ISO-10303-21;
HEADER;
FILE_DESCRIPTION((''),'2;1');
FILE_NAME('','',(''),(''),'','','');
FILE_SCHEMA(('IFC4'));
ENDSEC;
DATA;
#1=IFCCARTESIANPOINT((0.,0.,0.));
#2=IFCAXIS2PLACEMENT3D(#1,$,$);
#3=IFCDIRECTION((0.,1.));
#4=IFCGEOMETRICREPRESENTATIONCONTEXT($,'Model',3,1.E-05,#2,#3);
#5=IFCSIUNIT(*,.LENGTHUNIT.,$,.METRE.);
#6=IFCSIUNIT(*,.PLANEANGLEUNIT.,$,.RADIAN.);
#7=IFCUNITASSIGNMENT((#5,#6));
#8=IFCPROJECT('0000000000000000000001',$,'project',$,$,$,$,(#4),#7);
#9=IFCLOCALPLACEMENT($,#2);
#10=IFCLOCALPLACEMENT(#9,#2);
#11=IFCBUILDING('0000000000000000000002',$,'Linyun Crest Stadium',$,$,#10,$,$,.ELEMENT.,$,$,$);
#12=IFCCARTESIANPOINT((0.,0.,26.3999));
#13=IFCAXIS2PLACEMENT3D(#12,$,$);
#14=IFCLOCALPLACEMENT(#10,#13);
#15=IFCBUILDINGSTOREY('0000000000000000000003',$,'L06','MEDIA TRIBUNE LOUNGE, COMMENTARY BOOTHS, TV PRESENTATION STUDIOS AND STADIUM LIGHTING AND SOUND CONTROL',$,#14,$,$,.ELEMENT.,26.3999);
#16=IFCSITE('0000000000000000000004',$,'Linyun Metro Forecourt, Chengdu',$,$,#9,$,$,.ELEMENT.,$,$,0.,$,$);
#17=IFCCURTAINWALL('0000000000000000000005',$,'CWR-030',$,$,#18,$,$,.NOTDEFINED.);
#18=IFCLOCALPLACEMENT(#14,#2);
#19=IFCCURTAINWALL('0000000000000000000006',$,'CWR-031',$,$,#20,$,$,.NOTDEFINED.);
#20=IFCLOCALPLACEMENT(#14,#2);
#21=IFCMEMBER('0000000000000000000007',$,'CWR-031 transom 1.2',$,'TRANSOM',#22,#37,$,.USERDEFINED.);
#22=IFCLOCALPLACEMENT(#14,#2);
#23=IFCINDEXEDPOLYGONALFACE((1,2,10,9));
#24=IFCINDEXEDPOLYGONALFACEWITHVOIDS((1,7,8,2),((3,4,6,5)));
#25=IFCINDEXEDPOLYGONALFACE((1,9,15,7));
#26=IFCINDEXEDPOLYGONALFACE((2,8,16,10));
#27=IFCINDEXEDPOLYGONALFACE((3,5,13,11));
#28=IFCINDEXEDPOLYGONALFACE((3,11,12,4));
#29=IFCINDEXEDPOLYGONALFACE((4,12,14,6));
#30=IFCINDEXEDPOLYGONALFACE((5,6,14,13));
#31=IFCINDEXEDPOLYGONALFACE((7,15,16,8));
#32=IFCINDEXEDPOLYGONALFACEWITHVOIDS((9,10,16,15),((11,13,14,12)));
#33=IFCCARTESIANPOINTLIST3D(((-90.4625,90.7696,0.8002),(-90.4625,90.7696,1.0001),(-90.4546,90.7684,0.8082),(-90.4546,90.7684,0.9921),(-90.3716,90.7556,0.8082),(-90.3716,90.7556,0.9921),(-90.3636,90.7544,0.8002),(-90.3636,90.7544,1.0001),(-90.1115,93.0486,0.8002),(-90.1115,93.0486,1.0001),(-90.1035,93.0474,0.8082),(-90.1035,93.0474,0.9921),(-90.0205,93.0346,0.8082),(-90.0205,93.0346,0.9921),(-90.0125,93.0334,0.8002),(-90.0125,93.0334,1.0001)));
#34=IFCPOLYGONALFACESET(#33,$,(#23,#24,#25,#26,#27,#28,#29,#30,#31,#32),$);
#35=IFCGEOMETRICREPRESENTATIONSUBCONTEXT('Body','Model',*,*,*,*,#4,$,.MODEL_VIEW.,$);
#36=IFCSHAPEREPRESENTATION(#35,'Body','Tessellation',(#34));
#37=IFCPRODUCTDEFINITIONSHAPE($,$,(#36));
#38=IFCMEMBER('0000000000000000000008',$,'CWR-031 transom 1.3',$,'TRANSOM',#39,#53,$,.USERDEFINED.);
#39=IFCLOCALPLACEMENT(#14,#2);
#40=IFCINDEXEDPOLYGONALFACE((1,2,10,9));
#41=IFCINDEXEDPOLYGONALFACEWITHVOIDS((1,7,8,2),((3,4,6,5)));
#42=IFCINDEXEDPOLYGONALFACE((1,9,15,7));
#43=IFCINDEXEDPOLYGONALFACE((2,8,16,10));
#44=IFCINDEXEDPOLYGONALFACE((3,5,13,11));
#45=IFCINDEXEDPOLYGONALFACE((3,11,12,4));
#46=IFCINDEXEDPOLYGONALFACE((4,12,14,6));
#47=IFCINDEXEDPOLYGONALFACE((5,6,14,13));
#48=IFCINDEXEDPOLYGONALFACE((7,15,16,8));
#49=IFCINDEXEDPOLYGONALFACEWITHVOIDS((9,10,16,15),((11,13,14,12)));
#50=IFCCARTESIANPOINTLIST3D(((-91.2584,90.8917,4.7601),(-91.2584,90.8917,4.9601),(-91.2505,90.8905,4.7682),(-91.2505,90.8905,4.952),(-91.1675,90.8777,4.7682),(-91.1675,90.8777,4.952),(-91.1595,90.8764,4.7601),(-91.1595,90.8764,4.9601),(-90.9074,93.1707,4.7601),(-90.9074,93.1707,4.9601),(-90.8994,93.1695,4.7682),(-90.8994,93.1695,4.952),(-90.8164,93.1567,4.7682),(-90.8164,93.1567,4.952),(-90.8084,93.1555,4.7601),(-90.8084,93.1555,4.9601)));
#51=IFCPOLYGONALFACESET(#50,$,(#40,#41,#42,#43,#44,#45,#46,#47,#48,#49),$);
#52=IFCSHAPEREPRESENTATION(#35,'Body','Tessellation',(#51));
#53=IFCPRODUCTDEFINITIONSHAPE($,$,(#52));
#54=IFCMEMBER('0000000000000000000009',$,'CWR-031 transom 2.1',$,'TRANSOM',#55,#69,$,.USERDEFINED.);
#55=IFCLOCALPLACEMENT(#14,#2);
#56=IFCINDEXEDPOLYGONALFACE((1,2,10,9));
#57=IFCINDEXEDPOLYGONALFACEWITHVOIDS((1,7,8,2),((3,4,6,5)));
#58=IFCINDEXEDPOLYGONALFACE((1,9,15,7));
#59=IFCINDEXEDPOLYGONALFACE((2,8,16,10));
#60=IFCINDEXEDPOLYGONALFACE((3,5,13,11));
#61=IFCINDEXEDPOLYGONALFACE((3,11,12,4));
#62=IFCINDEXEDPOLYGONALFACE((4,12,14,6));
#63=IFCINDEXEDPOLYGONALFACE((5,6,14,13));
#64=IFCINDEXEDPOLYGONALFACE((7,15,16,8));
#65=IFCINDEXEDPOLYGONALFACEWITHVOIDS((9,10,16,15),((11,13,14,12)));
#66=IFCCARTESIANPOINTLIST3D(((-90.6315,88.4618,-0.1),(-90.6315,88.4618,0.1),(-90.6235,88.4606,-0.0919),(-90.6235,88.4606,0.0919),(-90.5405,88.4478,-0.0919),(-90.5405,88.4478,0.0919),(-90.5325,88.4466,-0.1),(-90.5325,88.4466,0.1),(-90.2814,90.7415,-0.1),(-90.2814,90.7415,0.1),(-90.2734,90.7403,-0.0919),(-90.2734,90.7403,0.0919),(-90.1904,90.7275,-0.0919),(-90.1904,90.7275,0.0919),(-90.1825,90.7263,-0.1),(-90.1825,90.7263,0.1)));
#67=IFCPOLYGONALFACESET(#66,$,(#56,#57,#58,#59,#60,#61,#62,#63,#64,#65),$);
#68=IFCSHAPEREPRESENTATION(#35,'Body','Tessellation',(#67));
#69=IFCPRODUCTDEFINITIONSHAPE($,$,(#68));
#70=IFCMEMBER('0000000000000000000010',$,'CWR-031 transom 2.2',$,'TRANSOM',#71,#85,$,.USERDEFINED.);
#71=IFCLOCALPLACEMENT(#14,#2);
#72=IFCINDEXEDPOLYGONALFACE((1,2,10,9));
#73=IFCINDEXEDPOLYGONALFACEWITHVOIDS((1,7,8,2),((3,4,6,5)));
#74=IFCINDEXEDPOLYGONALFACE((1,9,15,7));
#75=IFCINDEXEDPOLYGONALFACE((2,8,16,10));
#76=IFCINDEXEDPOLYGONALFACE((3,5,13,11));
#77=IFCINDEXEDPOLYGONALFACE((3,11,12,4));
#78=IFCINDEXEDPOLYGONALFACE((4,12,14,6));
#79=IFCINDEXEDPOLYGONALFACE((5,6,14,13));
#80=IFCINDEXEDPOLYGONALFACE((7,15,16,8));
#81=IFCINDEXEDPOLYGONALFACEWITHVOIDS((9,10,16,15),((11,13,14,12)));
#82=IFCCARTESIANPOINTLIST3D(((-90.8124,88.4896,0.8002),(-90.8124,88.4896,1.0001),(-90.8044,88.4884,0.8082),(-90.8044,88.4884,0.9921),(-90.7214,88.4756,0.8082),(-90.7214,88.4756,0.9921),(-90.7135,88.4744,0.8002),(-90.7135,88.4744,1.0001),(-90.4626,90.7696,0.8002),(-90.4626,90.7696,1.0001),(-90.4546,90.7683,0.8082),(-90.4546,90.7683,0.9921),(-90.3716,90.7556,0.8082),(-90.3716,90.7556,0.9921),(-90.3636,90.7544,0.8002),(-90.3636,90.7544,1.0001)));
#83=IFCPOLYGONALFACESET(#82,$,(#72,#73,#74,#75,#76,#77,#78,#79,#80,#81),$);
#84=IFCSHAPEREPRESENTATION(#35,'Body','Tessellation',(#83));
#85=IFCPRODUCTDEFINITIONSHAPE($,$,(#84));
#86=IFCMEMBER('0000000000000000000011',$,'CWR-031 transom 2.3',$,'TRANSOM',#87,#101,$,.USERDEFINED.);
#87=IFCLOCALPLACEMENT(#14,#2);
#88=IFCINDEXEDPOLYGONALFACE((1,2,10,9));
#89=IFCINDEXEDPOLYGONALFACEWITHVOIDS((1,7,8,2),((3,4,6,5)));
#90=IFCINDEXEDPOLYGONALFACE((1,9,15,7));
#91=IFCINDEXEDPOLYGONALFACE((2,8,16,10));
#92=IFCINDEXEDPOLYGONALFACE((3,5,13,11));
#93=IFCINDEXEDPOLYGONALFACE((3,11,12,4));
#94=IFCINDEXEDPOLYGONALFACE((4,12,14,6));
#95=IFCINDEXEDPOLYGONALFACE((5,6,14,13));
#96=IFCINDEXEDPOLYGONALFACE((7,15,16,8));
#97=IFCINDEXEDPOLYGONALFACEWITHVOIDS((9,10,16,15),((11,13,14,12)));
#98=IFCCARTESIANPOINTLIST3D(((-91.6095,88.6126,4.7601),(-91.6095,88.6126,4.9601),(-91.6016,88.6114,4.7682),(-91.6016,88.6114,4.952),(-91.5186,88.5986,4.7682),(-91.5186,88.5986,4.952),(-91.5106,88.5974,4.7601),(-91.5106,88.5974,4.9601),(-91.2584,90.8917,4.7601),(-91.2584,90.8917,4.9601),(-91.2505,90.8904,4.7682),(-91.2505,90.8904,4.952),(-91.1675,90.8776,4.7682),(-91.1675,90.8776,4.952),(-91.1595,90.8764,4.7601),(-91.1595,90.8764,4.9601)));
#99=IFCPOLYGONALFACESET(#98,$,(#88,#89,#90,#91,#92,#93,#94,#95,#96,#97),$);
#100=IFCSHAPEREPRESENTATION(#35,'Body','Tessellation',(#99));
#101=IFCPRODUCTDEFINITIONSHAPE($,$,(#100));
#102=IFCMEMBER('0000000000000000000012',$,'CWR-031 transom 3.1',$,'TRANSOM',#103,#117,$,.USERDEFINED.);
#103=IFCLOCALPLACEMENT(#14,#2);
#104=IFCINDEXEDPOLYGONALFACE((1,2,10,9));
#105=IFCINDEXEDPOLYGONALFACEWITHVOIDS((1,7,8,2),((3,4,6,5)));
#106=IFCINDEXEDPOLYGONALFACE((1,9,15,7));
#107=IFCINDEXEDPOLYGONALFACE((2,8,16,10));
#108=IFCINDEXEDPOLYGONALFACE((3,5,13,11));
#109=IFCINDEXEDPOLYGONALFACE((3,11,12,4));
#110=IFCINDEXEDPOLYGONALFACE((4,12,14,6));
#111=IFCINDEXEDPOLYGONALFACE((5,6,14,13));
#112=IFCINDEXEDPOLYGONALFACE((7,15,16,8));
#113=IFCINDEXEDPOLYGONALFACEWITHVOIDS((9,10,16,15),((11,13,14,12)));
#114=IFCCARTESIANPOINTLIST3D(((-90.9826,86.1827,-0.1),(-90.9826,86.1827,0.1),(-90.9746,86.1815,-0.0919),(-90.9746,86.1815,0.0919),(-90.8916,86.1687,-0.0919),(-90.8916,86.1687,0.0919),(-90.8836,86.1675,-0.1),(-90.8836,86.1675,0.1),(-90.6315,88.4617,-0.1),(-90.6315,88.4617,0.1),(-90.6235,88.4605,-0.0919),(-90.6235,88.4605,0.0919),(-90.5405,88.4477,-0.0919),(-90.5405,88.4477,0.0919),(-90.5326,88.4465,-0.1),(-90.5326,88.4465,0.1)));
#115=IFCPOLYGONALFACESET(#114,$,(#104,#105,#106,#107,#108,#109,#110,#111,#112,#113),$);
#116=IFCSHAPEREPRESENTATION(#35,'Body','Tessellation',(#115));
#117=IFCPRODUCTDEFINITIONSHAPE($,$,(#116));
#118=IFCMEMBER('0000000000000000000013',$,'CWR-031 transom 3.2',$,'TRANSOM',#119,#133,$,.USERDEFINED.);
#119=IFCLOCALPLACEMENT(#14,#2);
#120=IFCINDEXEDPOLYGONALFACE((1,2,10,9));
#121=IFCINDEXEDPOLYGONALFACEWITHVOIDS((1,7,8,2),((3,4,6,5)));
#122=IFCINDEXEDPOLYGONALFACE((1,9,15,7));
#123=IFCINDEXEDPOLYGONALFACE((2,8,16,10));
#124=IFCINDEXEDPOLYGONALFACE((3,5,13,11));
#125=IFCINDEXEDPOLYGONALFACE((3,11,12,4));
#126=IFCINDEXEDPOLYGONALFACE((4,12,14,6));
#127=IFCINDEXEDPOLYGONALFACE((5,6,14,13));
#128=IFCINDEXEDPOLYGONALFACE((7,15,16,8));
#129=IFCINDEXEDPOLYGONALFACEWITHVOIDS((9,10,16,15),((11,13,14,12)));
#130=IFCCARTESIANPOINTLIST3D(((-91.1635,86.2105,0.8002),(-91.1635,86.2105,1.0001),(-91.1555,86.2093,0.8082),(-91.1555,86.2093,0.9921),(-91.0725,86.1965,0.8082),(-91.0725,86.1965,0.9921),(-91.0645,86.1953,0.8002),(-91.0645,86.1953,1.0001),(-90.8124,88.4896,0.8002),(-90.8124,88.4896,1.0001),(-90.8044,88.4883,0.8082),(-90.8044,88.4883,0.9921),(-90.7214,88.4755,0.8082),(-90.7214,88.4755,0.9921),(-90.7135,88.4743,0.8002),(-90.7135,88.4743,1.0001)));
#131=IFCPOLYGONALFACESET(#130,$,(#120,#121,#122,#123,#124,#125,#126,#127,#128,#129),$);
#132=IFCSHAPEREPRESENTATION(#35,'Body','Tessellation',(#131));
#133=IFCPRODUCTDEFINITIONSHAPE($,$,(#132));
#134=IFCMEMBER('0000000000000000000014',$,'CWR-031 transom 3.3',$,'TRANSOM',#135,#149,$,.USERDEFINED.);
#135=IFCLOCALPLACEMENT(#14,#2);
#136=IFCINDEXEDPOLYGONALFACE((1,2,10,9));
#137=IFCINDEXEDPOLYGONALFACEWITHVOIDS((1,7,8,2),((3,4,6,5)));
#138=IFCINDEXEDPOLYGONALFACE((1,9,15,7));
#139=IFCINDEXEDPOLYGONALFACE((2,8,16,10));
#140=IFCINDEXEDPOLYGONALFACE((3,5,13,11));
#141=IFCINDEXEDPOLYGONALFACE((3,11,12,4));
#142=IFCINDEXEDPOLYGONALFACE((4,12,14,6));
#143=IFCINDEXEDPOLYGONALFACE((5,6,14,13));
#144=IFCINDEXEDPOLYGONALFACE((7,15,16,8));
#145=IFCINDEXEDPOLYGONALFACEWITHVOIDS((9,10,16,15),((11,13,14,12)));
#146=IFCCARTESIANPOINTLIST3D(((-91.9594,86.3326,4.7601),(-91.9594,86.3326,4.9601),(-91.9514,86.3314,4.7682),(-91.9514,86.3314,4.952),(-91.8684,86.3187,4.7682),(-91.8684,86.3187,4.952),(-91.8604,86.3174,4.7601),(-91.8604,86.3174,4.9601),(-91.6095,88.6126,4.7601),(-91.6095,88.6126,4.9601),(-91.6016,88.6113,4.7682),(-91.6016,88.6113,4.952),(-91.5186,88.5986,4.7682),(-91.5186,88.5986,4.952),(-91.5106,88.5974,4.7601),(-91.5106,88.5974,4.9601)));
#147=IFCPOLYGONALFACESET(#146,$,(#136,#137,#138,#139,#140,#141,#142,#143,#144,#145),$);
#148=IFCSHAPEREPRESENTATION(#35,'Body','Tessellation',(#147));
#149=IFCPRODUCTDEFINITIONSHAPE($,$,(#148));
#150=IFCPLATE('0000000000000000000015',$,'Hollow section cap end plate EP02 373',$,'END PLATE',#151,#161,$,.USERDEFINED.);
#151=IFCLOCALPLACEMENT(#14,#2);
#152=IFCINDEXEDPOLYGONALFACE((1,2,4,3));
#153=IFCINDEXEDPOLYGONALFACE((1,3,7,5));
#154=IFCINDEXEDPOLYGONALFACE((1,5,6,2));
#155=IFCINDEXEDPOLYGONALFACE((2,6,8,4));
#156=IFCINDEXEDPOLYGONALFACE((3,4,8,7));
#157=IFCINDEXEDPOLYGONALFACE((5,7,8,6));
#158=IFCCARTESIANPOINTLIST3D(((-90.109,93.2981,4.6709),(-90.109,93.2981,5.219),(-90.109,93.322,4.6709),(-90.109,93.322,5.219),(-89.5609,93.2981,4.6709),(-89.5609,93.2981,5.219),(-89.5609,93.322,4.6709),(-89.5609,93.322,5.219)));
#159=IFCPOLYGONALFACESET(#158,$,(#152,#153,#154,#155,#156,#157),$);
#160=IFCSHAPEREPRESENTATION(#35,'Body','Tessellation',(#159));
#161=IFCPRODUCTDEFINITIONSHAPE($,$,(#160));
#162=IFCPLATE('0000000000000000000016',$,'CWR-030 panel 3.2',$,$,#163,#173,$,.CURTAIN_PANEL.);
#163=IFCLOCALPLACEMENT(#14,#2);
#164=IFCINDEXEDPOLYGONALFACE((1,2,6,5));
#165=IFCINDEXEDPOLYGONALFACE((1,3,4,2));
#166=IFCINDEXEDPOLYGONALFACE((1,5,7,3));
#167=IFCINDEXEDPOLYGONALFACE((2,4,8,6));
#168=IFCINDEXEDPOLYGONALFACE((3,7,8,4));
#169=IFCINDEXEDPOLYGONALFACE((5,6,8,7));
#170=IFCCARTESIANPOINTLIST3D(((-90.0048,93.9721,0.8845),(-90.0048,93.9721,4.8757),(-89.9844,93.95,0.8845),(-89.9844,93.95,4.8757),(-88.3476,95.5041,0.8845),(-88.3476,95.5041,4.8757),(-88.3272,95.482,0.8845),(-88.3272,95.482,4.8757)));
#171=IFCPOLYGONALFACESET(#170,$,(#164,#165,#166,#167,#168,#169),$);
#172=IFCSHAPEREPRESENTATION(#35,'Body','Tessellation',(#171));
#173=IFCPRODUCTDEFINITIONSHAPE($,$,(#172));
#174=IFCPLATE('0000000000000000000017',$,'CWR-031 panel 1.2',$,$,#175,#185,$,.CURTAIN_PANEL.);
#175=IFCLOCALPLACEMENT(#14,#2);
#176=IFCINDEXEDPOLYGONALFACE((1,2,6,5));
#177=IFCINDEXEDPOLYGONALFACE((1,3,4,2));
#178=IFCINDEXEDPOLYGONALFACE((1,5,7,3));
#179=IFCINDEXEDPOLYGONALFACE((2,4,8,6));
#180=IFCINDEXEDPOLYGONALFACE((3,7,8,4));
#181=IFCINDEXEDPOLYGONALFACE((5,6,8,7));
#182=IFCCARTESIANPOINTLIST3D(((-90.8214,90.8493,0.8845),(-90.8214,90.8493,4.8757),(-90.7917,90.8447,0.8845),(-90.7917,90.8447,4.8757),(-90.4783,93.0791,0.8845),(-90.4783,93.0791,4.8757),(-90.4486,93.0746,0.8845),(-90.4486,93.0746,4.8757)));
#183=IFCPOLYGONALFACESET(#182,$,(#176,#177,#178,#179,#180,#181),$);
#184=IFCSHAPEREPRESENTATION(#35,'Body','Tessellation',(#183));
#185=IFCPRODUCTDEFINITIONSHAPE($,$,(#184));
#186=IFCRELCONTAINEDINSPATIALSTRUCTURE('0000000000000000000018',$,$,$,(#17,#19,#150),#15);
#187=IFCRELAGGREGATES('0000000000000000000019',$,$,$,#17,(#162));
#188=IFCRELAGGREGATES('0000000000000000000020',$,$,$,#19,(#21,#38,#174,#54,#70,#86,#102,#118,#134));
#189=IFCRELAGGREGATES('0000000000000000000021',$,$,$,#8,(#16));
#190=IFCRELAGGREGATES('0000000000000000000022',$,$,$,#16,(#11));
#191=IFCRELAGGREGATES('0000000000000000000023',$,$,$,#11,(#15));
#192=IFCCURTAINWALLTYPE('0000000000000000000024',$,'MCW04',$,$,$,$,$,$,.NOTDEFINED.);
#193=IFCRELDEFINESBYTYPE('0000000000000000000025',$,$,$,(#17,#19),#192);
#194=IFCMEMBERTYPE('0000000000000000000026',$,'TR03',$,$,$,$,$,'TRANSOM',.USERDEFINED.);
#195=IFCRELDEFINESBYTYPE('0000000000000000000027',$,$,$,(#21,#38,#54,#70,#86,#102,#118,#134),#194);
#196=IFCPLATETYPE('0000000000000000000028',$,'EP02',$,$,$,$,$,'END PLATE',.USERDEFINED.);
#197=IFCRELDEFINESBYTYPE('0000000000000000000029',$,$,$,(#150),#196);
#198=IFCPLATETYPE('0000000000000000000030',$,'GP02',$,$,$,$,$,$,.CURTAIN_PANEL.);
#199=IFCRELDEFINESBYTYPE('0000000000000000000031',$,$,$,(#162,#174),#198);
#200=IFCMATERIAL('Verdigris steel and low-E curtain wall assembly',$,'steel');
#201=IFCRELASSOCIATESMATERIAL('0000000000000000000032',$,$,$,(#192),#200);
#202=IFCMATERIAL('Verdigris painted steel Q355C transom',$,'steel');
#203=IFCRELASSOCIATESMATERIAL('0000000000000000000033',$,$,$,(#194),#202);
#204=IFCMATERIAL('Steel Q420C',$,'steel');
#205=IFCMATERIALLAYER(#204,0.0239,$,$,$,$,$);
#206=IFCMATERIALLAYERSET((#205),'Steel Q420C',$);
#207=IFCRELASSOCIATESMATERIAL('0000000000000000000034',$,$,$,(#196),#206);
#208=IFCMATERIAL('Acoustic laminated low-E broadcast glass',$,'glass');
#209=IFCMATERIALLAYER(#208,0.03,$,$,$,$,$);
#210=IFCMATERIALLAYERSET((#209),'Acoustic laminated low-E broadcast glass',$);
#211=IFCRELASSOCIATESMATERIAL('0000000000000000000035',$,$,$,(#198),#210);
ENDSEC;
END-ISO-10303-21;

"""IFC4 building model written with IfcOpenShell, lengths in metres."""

from ifc_helpers import new_model, si_unit, direction, frame, origin, origin_2d, place, context, subcontext, project, spatial, rectangle, hollow_rectangle, extrude, material, layer, layer_set, material_profile, profile_set, type_object, element, aggregate, save


model = new_model("IFC4")

# Units and contexts
model_context = context("Model", 3, precision=1e-05, world=origin(), true_north=direction((0.0, 1.0)))
body_context = subcontext(model_context, "Body", "Model", "MODEL_VIEW")
ifc_project = project(units=[si_unit("LENGTHUNIT", "METRE"), si_unit("PLANEANGLEUNIT", "RADIAN")], contexts=[model_context])

# Site, building, storey
site_placement = place(None, origin())
site = spatial("IfcSite", under=ifc_project, at=site_placement, Name="Linyun Metro Forecourt, Chengdu", CompositionType="ELEMENT", RefElevation=0.0)
building_placement = place(site_placement, origin())
building = spatial("IfcBuilding", under=site, at=building_placement, Name="Linyun Crest Stadium", CompositionType="ELEMENT")
storey_placement = place(building_placement, frame((0.0, 0.0, 26.3999)))
storey = spatial("IfcBuildingStorey", under=building, at=storey_placement, Name="L06", Description="MEDIA TRIBUNE LOUNGE, COMMENTARY BOOTHS, TV PRESENTATION STUDIOS AND STADIUM LIGHTING AND SOUND CONTROL", CompositionType="ELEMENT", Elevation=26.3999)

# Curtain wall
ifc_material_1 = material(Name="Verdigris steel and low-E curtain wall assembly", Category="steel")
curtain_wall_type = type_object("IfcCurtainWallType", Name="MCW04", PredefinedType="NOTDEFINED", material=ifc_material_1)
curtain_wall_1_placement = place(storey_placement, origin())
curtain_wall_1 = element("IfcCurtainWall", 1, at=curtain_wall_1_placement, inside=storey, type_object=curtain_wall_type, Name="CWR-030", PredefinedType="NOTDEFINED")

# Curtain wall, members
curtain_wall_2_placement = place(storey_placement, origin())
curtain_wall_2 = element("IfcCurtainWall", 2, at=curtain_wall_2_placement, inside=storey, type_object=curtain_wall_type, Name="CWR-031", PredefinedType="NOTDEFINED")
ifc_material_2 = material(Name="Verdigris painted steel Q355C transom", Category="steel")
ifc_material_profile_1 = material_profile(ifc_material_2, hollow_rectangle(XDim=0.1001, YDim=0.2, WallThickness=0.0081, at=origin_2d()), Name="RHS 200x100x8")
ifc_profile_set_1 = profile_set([ifc_material_profile_1], Name="Verdigris painted steel Q355C transom")
member_type_1 = type_object("IfcMemberType", Name="TR03", ElementType="TRANSOM", PredefinedType="USERDEFINED", material=ifc_profile_set_1)
member_1_placement = place(storey_placement, frame((-90.062, 93.041, 0.9001), z_axis=(-0.152248, -0.988342, 0.0), x_axis=(0.988342, -0.152248, 0.0)))
member_1 = element("IfcMember", 3, at=member_1_placement, type_object=member_type_1, Name="CWR-031 transom 1.2", ObjectType="TRANSOM", PredefinedType="USERDEFINED", context=body_context, shape_type="SweptSolid", body=[
    extrude(hollow_rectangle(XDim=0.1001, YDim=0.2, WallThickness=0.0081, at=origin_2d()), origin(), (0.0, 0.0, 1.0), 2.3059),
])
member_2_placement = place(storey_placement, frame((-90.8579, 93.1631, 4.8601), z_axis=(-0.152248, -0.988342, 0.0), x_axis=(0.988342, -0.152248, 0.0)))
member_2 = element("IfcMember", 4, at=member_2_placement, type_object=member_type_1, Name="CWR-031 transom 1.3", ObjectType="TRANSOM", PredefinedType="USERDEFINED", context=body_context, shape_type="SweptSolid", body=[
    extrude(hollow_rectangle(XDim=0.1001, YDim=0.2, WallThickness=0.0081, at=origin_2d()), origin(), (0.0, 0.0, 1.0), 2.3059),
])
member_3_placement = place(storey_placement, frame((-90.2319, 90.7339, 0.0), z_axis=(-0.151787, -0.988413, 0.0), x_axis=(0.988413, -0.151787, 0.0)))
member_3 = element("IfcMember", 5, at=member_3_placement, type_object=member_type_1, Name="CWR-031 transom 2.1", ObjectType="TRANSOM", PredefinedType="USERDEFINED", context=body_context, shape_type="SweptSolid", body=[
    extrude(hollow_rectangle(XDim=0.1001, YDim=0.2, WallThickness=0.0081, at=origin_2d()), origin(), (0.0, 0.0, 1.0), 2.3064),
])
member_4_placement = place(storey_placement, frame((-90.4131, 90.762, 0.9001), z_axis=(-0.151667, -0.988432, 0.0), x_axis=(0.988432, -0.151667, 0.0)))
member_4 = element("IfcMember", 6, at=member_4_placement, type_object=member_type_1, Name="CWR-031 transom 2.2", ObjectType="TRANSOM", PredefinedType="USERDEFINED", context=body_context, shape_type="SweptSolid", body=[
    extrude(hollow_rectangle(XDim=0.1001, YDim=0.2, WallThickness=0.0081, at=origin_2d()), origin(), (0.0, 0.0, 1.0), 2.3066),
])
member_5_placement = place(storey_placement, frame((-91.209, 90.884, 4.8601), z_axis=(-0.152248, -0.988342, 0.0), x_axis=(0.988342, -0.152248, 0.0)))
member_5 = element("IfcMember", 7, at=member_5_placement, type_object=member_type_1, Name="CWR-031 transom 2.3", ObjectType="TRANSOM", PredefinedType="USERDEFINED", context=body_context, shape_type="SweptSolid", body=[
    extrude(hollow_rectangle(XDim=0.1001, YDim=0.2, WallThickness=0.0081, at=origin_2d()), origin(), (0.0, 0.0, 1.0), 2.3059),
])
member_6_placement = place(storey_placement, frame((-90.582, 88.4541, 0.0), z_axis=(-0.152248, -0.988342, 0.0), x_axis=(0.988342, -0.152248, 0.0)))
member_6 = element("IfcMember", 8, at=member_6_placement, type_object=member_type_1, Name="CWR-031 transom 3.1", ObjectType="TRANSOM", PredefinedType="USERDEFINED", context=body_context, shape_type="SweptSolid", body=[
    extrude(hollow_rectangle(XDim=0.1001, YDim=0.2, WallThickness=0.0081, at=origin_2d()), origin(), (0.0, 0.0, 1.0), 2.3059),
])
member_7_placement = place(storey_placement, frame((-90.7629, 88.4819, 0.9001), z_axis=(-0.152248, -0.988342, 0.0), x_axis=(0.988342, -0.152248, 0.0)))
member_7 = element("IfcMember", 9, at=member_7_placement, type_object=member_type_1, Name="CWR-031 transom 3.2", ObjectType="TRANSOM", PredefinedType="USERDEFINED", context=body_context, shape_type="SweptSolid", body=[
    extrude(hollow_rectangle(XDim=0.1001, YDim=0.2, WallThickness=0.0081, at=origin_2d()), origin(), (0.0, 0.0, 1.0), 2.3059),
])
member_8_placement = place(storey_placement, frame((-91.5601, 88.605, 4.8601), z_axis=(-0.151667, -0.988432, 0.0), x_axis=(0.988432, -0.151667, 0.0)))
member_8 = element("IfcMember", 10, at=member_8_placement, type_object=member_type_1, Name="CWR-031 transom 3.3", ObjectType="TRANSOM", PredefinedType="USERDEFINED", context=body_context, shape_type="SweptSolid", body=[
    extrude(hollow_rectangle(XDim=0.1001, YDim=0.2, WallThickness=0.0081, at=origin_2d()), origin(), (0.0, 0.0, 1.0), 2.3066),
])

# Plates
ifc_material_3 = material(Name="Steel Q420C", Category="steel")
ifc_layer_1 = layer(ifc_material_3, 0.0239)
ifc_layer_set_1 = layer_set([ifc_layer_1], Name="Steel Q420C")
plate_type_1 = type_object("IfcPlateType", Name="EP02", ElementType="END PLATE", PredefinedType="USERDEFINED", material=ifc_layer_set_1)
plate_1_placement = place(storey_placement, frame((-89.835, 93.3101, 4.6709), z_axis=(0.0, 0.0, 1.0), x_axis=(1.0, 0.0, 0.0)))
element("IfcPlate", 11, at=plate_1_placement, inside=storey, type_object=plate_type_1, Name="Hollow section cap end plate EP02 373", ObjectType="END PLATE", PredefinedType="USERDEFINED", context=body_context, shape_type="SweptSolid", body=[
    extrude(rectangle(XDim=0.5481, YDim=0.0239, at=origin_2d()), origin(), (0.0, 0.0, 1.0), 0.5481),
])
ifc_material_4 = material(Name="Acoustic laminated low-E broadcast glass", Category="glass")
ifc_layer_2 = layer(ifc_material_4, 0.03)
ifc_layer_set_2 = layer_set([ifc_layer_2], Name="Acoustic laminated low-E broadcast glass")
plate_type_2 = type_object("IfcPlateType", Name="GP02", PredefinedType="CURTAIN_PANEL", material=ifc_layer_set_2)
plate_2_placement = place(storey_placement, frame((-89.166, 94.7271, 0.8845), z_axis=(0.0, 0.0, 1.0), x_axis=(-0.734299, -0.678826, 0.0)))
plate_2 = element("IfcPlate", 12, at=plate_2_placement, type_object=plate_type_2, Name="CWR-030 panel 3.2", PredefinedType="CURTAIN_PANEL", context=body_context, shape_type="SweptSolid", body=[
    extrude(rectangle(XDim=2.2568, YDim=0.03, at=origin_2d()), origin(), (0.0, 0.0, 1.0), 3.9912),
])
plate_3_placement = place(storey_placement, frame((-90.635, 91.9619, 0.8845), z_axis=(0.0, 0.0, 1.0), x_axis=(-0.152054, -0.988372, 0.0)))
plate_3 = element("IfcPlate", 13, at=plate_3_placement, type_object=plate_type_2, Name="CWR-031 panel 1.2", PredefinedType="CURTAIN_PANEL", context=body_context, shape_type="SweptSolid", body=[
    extrude(rectangle(XDim=2.2561, YDim=0.03, at=origin_2d()), origin(), (0.0, 0.0, 1.0), 3.9912),
])
aggregate(curtain_wall_1, [plate_2])
aggregate(curtain_wall_2, [member_1, member_2, plate_3, member_3, member_4, member_5, member_6, member_7, member_8])

save(model, "model.ifc")
